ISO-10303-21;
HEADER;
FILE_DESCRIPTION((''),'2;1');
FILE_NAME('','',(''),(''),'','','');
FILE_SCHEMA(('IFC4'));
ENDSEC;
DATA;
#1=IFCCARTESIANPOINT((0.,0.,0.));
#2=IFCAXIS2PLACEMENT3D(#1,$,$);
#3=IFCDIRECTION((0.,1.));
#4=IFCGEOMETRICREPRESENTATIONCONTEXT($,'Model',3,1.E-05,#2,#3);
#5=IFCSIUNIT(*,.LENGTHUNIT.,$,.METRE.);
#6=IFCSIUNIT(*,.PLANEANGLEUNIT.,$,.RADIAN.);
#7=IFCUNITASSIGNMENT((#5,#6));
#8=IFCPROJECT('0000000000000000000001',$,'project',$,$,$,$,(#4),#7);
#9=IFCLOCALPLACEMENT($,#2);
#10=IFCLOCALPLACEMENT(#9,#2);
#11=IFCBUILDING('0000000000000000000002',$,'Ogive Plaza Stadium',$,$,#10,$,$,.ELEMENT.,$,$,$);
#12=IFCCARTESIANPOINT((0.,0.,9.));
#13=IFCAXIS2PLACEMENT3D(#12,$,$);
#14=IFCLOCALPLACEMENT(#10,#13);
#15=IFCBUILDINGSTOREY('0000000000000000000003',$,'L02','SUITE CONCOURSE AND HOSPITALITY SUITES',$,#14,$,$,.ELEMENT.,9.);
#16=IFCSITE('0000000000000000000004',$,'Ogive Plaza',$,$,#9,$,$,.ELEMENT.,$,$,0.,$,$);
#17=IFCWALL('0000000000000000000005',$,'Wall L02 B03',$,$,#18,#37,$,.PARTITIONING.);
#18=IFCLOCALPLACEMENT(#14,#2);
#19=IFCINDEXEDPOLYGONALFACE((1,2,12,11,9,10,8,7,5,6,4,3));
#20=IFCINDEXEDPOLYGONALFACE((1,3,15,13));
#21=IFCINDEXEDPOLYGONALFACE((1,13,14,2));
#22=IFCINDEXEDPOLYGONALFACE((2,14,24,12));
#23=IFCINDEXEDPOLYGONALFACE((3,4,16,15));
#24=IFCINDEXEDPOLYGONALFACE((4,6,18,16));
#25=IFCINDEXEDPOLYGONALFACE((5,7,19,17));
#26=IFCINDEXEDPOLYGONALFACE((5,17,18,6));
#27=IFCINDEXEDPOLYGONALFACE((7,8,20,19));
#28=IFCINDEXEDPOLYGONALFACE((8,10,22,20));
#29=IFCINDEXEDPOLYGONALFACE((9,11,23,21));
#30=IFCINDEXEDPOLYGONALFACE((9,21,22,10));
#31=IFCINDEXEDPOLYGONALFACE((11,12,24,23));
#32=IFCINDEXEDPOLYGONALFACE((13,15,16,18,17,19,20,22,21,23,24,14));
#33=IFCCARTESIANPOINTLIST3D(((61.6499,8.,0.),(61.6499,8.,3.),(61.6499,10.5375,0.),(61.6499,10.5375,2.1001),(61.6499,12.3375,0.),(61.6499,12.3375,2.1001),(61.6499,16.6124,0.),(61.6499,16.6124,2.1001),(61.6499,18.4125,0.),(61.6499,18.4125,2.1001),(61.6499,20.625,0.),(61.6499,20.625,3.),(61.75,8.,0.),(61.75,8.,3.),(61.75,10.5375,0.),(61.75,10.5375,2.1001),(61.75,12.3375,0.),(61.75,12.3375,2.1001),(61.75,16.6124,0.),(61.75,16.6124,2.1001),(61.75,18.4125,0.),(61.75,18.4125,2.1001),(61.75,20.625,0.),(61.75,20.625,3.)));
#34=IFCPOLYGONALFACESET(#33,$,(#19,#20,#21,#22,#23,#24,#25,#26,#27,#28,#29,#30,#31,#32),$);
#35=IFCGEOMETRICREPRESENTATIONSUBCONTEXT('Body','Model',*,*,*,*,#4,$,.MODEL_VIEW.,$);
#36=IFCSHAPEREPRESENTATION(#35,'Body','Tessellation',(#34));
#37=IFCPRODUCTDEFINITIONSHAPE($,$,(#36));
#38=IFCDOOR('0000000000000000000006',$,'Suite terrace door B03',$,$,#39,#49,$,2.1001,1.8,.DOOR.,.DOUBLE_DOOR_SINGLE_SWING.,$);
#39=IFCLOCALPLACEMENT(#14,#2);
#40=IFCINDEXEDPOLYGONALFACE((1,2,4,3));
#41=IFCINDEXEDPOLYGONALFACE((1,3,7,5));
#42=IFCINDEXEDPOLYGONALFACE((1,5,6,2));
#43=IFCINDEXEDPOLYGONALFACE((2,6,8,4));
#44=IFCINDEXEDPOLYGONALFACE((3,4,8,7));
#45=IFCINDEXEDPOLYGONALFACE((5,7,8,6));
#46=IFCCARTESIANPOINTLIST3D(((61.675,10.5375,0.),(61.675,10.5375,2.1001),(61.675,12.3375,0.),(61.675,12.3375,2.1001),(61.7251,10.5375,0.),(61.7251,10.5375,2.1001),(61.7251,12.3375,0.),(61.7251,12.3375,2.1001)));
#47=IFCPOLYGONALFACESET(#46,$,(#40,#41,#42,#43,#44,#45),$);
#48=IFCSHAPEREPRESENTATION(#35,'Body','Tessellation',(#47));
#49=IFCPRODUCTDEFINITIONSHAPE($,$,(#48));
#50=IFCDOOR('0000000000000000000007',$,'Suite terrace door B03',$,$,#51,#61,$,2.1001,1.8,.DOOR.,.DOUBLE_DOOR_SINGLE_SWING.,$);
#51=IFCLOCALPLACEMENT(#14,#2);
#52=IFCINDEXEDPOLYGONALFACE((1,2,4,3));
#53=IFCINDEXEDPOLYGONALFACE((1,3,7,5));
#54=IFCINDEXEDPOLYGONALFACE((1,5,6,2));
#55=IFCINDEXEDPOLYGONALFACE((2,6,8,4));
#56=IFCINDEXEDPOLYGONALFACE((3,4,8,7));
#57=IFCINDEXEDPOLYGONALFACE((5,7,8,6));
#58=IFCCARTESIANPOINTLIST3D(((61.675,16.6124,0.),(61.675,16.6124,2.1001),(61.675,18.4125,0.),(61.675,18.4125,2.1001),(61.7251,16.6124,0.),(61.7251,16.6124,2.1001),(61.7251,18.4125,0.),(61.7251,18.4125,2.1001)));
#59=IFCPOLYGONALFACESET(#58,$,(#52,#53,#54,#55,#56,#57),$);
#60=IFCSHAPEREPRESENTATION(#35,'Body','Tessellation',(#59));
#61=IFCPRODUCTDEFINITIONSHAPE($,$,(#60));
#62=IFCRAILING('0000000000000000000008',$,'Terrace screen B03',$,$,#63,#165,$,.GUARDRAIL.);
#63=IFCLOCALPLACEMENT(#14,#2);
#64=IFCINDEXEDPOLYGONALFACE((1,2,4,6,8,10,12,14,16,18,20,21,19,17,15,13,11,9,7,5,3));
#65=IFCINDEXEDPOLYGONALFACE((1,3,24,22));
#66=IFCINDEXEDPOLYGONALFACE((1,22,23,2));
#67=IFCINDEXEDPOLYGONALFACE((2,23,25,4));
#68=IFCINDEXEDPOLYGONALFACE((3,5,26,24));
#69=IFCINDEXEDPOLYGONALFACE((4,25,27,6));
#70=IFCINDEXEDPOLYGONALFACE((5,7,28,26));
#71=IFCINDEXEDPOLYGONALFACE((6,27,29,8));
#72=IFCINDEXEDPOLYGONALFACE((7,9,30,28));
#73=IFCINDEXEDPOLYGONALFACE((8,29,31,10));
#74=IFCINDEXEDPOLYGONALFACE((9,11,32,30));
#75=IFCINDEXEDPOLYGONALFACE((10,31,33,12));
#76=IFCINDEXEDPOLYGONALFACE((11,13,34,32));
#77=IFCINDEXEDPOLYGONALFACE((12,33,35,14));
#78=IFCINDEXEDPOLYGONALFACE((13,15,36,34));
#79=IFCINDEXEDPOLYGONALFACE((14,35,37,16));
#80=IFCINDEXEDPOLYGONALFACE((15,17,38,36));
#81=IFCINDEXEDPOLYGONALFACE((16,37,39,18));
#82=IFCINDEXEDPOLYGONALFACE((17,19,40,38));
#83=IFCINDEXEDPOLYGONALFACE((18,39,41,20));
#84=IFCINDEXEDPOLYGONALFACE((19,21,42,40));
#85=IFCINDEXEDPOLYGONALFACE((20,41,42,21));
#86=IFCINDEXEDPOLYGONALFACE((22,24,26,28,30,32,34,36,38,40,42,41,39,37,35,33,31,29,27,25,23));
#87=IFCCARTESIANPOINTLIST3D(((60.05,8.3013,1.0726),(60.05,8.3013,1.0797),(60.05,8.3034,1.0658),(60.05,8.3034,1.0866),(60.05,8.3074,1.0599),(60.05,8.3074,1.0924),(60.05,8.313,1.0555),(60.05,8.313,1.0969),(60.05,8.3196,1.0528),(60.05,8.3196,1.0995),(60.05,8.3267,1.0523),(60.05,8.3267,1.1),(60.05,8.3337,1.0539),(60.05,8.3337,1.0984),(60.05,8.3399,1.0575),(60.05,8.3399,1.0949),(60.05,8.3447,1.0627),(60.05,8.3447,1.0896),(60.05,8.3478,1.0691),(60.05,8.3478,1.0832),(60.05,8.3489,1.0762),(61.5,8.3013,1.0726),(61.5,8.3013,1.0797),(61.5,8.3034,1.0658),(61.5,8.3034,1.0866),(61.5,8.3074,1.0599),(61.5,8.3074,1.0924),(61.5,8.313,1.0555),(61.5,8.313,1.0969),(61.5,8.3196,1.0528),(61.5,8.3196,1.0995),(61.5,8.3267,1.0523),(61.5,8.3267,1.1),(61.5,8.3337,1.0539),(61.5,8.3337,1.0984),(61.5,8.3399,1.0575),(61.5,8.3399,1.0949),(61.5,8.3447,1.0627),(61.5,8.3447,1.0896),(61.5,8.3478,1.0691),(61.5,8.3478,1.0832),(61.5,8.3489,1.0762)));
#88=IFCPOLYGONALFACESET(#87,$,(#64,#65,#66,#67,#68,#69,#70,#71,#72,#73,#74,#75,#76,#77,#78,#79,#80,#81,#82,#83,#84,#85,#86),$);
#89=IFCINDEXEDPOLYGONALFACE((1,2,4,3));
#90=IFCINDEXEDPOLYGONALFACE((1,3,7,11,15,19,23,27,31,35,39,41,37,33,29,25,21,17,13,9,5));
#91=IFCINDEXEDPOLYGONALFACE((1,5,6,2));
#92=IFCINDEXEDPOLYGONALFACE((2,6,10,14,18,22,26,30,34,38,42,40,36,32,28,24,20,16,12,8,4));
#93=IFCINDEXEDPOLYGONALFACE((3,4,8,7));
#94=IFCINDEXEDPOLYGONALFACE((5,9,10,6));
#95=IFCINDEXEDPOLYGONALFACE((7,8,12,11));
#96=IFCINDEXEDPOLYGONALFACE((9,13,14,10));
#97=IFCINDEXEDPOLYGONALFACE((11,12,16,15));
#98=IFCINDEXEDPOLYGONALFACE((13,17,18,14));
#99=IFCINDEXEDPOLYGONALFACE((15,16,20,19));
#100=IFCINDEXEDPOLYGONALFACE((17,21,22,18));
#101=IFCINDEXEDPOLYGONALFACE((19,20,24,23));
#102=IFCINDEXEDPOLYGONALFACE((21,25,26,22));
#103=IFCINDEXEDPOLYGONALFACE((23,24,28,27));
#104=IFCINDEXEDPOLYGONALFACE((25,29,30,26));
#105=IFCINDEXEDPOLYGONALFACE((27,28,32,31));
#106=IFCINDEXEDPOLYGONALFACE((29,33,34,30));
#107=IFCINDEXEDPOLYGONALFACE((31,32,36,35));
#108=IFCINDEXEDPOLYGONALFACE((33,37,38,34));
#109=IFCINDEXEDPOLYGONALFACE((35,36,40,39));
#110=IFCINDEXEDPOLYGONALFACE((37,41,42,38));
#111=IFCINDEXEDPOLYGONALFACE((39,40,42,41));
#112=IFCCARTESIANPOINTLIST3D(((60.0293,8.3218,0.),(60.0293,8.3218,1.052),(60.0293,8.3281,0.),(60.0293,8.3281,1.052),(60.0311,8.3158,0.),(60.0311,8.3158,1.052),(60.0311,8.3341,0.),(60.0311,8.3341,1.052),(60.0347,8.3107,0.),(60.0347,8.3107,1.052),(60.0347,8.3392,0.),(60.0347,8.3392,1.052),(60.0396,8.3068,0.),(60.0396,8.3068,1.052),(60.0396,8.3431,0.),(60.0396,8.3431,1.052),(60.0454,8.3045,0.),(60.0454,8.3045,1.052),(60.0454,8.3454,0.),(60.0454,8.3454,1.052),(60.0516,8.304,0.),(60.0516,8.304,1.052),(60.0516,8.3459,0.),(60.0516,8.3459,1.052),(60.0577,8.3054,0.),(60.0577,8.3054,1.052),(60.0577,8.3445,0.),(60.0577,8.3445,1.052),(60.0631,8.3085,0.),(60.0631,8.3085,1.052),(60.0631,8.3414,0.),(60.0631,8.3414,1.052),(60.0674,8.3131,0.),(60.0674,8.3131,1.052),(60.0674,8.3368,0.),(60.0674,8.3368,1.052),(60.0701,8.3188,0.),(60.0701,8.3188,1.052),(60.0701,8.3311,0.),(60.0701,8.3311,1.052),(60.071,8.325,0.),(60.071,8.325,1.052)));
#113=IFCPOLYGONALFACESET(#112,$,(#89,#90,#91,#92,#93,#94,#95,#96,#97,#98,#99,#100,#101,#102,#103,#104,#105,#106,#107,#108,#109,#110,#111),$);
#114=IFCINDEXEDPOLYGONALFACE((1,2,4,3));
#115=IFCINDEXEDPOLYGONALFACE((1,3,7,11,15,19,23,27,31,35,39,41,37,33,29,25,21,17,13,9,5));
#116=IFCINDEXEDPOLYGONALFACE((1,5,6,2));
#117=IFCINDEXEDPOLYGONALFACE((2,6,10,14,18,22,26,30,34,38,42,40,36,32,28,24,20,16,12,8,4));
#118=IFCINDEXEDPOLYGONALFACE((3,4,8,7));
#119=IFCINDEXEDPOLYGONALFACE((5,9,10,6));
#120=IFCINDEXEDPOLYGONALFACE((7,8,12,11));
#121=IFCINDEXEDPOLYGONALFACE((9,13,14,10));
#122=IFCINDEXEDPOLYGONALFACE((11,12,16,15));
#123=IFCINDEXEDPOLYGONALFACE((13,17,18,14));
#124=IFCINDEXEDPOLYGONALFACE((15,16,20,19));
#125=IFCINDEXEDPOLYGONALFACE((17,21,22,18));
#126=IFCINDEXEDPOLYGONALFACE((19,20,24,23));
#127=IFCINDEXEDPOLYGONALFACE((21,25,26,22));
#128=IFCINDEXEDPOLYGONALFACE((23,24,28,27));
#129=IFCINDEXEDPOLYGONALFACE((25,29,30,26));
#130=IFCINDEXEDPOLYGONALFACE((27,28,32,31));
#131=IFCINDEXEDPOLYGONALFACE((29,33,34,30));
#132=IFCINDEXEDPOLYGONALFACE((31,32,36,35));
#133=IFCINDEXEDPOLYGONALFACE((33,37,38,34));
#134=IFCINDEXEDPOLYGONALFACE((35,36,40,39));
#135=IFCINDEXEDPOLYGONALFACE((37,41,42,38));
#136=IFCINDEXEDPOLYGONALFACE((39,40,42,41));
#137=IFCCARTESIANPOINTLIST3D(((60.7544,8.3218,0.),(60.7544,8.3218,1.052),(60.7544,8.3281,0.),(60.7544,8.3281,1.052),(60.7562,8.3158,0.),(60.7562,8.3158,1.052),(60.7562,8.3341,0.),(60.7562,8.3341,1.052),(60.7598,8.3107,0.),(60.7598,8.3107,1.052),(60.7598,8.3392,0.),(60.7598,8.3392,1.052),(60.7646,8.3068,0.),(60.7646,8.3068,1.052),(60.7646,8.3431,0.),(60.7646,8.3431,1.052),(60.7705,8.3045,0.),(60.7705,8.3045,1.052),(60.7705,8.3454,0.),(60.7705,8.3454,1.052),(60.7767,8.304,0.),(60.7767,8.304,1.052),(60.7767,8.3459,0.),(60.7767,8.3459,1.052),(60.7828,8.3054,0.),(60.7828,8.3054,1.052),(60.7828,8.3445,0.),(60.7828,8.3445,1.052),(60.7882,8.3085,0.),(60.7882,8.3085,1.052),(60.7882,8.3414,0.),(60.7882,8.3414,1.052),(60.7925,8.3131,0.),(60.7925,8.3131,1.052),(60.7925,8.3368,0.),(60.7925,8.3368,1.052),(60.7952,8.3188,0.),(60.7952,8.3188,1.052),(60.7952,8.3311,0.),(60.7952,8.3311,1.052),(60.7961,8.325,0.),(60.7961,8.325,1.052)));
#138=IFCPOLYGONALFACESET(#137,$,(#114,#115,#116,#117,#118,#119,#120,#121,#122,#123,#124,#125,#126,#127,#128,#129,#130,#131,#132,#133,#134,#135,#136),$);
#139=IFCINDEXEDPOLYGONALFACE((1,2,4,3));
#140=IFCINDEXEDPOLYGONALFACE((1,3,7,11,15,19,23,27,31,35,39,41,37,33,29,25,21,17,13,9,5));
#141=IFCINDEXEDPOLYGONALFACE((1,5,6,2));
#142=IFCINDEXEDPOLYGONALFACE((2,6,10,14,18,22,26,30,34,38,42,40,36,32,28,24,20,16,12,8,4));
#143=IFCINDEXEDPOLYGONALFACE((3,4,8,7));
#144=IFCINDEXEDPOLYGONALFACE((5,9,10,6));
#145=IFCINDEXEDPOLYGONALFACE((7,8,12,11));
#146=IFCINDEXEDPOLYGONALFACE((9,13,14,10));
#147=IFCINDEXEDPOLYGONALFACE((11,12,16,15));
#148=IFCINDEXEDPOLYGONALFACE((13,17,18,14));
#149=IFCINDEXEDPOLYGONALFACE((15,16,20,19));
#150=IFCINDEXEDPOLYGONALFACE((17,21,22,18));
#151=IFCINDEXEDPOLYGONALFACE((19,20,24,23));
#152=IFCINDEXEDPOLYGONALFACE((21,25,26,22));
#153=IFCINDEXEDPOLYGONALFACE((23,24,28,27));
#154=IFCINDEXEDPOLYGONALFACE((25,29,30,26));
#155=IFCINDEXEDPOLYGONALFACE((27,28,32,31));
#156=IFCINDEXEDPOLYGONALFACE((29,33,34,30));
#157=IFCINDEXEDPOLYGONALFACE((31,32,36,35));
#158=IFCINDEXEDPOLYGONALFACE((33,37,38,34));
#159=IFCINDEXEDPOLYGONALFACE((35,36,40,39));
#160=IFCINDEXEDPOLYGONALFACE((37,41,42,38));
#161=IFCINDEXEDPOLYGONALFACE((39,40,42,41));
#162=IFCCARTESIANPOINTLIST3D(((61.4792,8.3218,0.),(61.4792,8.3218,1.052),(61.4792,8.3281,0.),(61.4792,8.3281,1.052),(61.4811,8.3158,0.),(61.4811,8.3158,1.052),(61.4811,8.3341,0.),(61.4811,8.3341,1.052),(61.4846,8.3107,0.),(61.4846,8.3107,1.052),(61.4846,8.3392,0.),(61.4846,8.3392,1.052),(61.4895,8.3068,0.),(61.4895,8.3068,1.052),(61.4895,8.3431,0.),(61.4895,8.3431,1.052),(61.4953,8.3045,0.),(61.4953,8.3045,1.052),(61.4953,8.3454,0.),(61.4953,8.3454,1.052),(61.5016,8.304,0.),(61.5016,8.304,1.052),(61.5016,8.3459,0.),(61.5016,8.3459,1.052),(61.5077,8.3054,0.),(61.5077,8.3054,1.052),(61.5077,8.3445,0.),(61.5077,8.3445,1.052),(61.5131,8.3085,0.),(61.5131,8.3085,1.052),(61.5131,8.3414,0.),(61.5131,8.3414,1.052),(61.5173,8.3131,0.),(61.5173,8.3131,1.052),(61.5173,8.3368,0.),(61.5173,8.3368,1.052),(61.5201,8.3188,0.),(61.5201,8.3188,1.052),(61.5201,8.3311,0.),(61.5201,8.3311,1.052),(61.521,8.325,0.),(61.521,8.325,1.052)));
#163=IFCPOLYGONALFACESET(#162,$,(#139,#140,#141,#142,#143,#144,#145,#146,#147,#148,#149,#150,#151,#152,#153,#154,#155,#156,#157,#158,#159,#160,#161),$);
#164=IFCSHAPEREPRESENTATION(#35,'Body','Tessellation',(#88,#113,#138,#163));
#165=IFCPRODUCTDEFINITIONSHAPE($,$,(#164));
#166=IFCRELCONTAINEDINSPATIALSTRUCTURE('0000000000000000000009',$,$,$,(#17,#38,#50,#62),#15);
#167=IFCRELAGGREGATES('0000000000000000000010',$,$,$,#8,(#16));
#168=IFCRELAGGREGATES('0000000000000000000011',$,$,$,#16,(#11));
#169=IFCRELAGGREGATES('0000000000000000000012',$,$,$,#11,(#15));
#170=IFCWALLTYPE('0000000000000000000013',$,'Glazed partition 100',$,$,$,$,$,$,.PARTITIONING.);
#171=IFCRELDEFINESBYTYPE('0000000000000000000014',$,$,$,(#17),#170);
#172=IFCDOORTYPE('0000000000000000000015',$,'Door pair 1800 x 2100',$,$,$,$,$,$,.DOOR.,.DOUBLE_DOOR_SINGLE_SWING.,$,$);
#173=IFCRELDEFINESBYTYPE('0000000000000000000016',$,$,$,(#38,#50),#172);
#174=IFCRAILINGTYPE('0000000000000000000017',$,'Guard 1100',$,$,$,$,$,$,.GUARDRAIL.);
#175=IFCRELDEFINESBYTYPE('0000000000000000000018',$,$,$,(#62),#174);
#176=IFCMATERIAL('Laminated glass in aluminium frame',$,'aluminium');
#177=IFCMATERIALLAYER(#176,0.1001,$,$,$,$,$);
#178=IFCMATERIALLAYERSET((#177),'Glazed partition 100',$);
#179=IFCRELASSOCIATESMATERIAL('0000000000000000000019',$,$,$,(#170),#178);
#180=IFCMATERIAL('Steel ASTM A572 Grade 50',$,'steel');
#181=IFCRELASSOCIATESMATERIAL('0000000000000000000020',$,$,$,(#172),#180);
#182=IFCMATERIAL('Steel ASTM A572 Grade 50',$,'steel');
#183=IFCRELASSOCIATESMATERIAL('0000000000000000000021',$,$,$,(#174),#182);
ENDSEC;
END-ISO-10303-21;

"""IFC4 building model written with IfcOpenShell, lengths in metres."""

from ifc_helpers import new_model, si_unit, direction, frame, frame_2d, origin, origin_2d, place, context, subcontext, project, spatial, rectangle, circle, extrude, material, layer, layer_set, type_object, element, fill, save


model = new_model("IFC4")

# Units and contexts
model_context = context("Model", 3, precision=1e-05, world=origin(), true_north=direction((0.0, 1.0)))
body_context = subcontext(model_context, "Body", "Model", "MODEL_VIEW")
ifc_project = project(units=[si_unit("LENGTHUNIT", "METRE"), si_unit("PLANEANGLEUNIT", "RADIAN")], contexts=[model_context])

# Site, building, storey
site_placement = place(None, origin())
site = spatial("IfcSite", under=ifc_project, at=site_placement, Name="Ogive Plaza", CompositionType="ELEMENT", RefElevation=0.0)
building_placement = place(site_placement, origin())
building = spatial("IfcBuilding", under=site, at=building_placement, Name="Ogive Plaza Stadium", CompositionType="ELEMENT")
storey_placement = place(building_placement, frame((0.0, 0.0, 9.0)))
storey = spatial("IfcBuildingStorey", under=building, at=storey_placement, Name="L02", Description="SUITE CONCOURSE AND HOSPITALITY SUITES", CompositionType="ELEMENT", Elevation=9.0)

# Wall, openings, doors
ifc_material_1 = material(Name="Laminated glass in aluminium frame", Category="aluminium")
ifc_layer_1 = layer(ifc_material_1, 0.1001)
ifc_layer_set_1 = layer_set([ifc_layer_1], Name="Glazed partition 100")
wall_type_1 = type_object("IfcWallType", Name="Glazed partition 100", PredefinedType="PARTITIONING", material=ifc_layer_set_1)
wall_1_placement = place(storey_placement, frame((61.7, 8.0, 0.0), z_axis=(0.0, 0.0, 1.0), x_axis=(0.0, 1.0, 0.0)))
wall_1 = element("IfcWall", 1, at=wall_1_placement, inside=storey, type_object=wall_type_1, Name="Wall L02 B03", PredefinedType="PARTITIONING", context=body_context, shape_type="SweptSolid", body=[
    extrude(rectangle(XDim=12.625, YDim=0.1001, at=frame_2d((6.3125, 0.0))), origin(), (0.0, 0.0, 1.0), 3.0),
])
opening_1_placement = place(wall_1_placement, frame((2.5376, 0.0, 0.0)))
opening_1 = element("IfcOpeningElement", 2, at=opening_1_placement, cuts=wall_1, PredefinedType="OPENING", context=body_context, shape_type="SweptSolid", body=[
    extrude(rectangle(XDim=1.8, YDim=2.1001, at=frame_2d((0.8999, 1.05))), frame((0.0, 0.05, 0.0), z_axis=(0.0, -1.0, 0.0), x_axis=(1.0, 0.0, 0.0)), (0.0, 0.0, 1.0), 0.1001),
])
opening_2_placement = place(wall_1_placement, frame((8.6125, 0.0, 0.0)))
opening_2 = element("IfcOpeningElement", 3, at=opening_2_placement, cuts=wall_1, PredefinedType="OPENING", context=body_context, shape_type="SweptSolid", body=[
    extrude(rectangle(XDim=1.8, YDim=2.1001, at=frame_2d((0.8999, 1.05))), frame((0.0, 0.05, 0.0), z_axis=(0.0, -1.0, 0.0), x_axis=(1.0, 0.0, 0.0)), (0.0, 0.0, 1.0), 0.1001),
])
ifc_material_2 = material(Name="Steel ASTM A572 Grade 50", Category="steel")
door_type_1 = type_object("IfcDoorType", Name="Door pair 1800 x 2100", OperationType="DOUBLE_DOOR_SINGLE_SWING", PredefinedType="DOOR", material=ifc_material_2)
door_1_placement = place(opening_1_placement, origin())
door_1 = element("IfcDoor", 4, at=door_1_placement, inside=storey, type_object=door_type_1, Name="Suite terrace door B03", OperationType="DOUBLE_DOOR_SINGLE_SWING", OverallHeight=2.1001, OverallWidth=1.8, PredefinedType="DOOR", context=body_context, shape_type="SweptSolid", body=[
    extrude(rectangle(XDim=1.8, YDim=2.1001, at=frame_2d((0.8999, 1.05))), frame((0.0, 0.0249, 0.0), z_axis=(0.0, -1.0, 0.0), x_axis=(1.0, 0.0, 0.0)), (0.0, 0.0, 1.0), 0.05),
])
fill(opening_1, door_1)
door_2_placement = place(opening_2_placement, origin())
door_2 = element("IfcDoor", 5, at=door_2_placement, inside=storey, type_object=door_type_1, Name="Suite terrace door B03", OperationType="DOUBLE_DOOR_SINGLE_SWING", OverallHeight=2.1001, OverallWidth=1.8, PredefinedType="DOOR", context=body_context, shape_type="SweptSolid", body=[
    extrude(rectangle(XDim=1.8, YDim=2.1001, at=frame_2d((0.8999, 1.05))), frame((0.0, 0.0249, 0.0), z_axis=(0.0, -1.0, 0.0), x_axis=(1.0, 0.0, 0.0)), (0.0, 0.0, 1.0), 0.05),
])
fill(opening_2, door_2)

# Railing
ifc_material_3 = material(Name="Steel ASTM A572 Grade 50", Category="steel")
railing_type = type_object("IfcRailingType", Name="Guard 1100", PredefinedType="GUARDRAIL", material=ifc_material_3)
for number, where, name in (
    (6, (60.05, 8.325, 0.0), "Terrace screen B03"),
):
    element("IfcRailing", number, at=place(storey_placement, frame(where)), inside=storey, type_object=railing_type, Name=name, PredefinedType="GUARDRAIL", context=body_context, shape_type="SweptSolid", body=[
        extrude(circle(Radius=0.0239, at=origin_2d()), frame((0.0, 0.0, 1.0762), z_axis=(1.0, 0.0, 0.0), x_axis=(0.0, 1.0, 0.0)), (0.0, 0.0, 1.0), 1.45),
        extrude(circle(Radius=0.021, at=origin_2d()), origin(), (0.0, 0.0, 1.0), 1.052),
        extrude(circle(Radius=0.021, at=origin_2d()), frame((0.7251, 0.0, 0.0)), (0.0, 0.0, 1.0), 1.052),
        extrude(circle(Radius=0.021, at=origin_2d()), frame((1.45, 0.0, 0.0)), (0.0, 0.0, 1.0), 1.052),
    ])

save(model, "model.ifc")
